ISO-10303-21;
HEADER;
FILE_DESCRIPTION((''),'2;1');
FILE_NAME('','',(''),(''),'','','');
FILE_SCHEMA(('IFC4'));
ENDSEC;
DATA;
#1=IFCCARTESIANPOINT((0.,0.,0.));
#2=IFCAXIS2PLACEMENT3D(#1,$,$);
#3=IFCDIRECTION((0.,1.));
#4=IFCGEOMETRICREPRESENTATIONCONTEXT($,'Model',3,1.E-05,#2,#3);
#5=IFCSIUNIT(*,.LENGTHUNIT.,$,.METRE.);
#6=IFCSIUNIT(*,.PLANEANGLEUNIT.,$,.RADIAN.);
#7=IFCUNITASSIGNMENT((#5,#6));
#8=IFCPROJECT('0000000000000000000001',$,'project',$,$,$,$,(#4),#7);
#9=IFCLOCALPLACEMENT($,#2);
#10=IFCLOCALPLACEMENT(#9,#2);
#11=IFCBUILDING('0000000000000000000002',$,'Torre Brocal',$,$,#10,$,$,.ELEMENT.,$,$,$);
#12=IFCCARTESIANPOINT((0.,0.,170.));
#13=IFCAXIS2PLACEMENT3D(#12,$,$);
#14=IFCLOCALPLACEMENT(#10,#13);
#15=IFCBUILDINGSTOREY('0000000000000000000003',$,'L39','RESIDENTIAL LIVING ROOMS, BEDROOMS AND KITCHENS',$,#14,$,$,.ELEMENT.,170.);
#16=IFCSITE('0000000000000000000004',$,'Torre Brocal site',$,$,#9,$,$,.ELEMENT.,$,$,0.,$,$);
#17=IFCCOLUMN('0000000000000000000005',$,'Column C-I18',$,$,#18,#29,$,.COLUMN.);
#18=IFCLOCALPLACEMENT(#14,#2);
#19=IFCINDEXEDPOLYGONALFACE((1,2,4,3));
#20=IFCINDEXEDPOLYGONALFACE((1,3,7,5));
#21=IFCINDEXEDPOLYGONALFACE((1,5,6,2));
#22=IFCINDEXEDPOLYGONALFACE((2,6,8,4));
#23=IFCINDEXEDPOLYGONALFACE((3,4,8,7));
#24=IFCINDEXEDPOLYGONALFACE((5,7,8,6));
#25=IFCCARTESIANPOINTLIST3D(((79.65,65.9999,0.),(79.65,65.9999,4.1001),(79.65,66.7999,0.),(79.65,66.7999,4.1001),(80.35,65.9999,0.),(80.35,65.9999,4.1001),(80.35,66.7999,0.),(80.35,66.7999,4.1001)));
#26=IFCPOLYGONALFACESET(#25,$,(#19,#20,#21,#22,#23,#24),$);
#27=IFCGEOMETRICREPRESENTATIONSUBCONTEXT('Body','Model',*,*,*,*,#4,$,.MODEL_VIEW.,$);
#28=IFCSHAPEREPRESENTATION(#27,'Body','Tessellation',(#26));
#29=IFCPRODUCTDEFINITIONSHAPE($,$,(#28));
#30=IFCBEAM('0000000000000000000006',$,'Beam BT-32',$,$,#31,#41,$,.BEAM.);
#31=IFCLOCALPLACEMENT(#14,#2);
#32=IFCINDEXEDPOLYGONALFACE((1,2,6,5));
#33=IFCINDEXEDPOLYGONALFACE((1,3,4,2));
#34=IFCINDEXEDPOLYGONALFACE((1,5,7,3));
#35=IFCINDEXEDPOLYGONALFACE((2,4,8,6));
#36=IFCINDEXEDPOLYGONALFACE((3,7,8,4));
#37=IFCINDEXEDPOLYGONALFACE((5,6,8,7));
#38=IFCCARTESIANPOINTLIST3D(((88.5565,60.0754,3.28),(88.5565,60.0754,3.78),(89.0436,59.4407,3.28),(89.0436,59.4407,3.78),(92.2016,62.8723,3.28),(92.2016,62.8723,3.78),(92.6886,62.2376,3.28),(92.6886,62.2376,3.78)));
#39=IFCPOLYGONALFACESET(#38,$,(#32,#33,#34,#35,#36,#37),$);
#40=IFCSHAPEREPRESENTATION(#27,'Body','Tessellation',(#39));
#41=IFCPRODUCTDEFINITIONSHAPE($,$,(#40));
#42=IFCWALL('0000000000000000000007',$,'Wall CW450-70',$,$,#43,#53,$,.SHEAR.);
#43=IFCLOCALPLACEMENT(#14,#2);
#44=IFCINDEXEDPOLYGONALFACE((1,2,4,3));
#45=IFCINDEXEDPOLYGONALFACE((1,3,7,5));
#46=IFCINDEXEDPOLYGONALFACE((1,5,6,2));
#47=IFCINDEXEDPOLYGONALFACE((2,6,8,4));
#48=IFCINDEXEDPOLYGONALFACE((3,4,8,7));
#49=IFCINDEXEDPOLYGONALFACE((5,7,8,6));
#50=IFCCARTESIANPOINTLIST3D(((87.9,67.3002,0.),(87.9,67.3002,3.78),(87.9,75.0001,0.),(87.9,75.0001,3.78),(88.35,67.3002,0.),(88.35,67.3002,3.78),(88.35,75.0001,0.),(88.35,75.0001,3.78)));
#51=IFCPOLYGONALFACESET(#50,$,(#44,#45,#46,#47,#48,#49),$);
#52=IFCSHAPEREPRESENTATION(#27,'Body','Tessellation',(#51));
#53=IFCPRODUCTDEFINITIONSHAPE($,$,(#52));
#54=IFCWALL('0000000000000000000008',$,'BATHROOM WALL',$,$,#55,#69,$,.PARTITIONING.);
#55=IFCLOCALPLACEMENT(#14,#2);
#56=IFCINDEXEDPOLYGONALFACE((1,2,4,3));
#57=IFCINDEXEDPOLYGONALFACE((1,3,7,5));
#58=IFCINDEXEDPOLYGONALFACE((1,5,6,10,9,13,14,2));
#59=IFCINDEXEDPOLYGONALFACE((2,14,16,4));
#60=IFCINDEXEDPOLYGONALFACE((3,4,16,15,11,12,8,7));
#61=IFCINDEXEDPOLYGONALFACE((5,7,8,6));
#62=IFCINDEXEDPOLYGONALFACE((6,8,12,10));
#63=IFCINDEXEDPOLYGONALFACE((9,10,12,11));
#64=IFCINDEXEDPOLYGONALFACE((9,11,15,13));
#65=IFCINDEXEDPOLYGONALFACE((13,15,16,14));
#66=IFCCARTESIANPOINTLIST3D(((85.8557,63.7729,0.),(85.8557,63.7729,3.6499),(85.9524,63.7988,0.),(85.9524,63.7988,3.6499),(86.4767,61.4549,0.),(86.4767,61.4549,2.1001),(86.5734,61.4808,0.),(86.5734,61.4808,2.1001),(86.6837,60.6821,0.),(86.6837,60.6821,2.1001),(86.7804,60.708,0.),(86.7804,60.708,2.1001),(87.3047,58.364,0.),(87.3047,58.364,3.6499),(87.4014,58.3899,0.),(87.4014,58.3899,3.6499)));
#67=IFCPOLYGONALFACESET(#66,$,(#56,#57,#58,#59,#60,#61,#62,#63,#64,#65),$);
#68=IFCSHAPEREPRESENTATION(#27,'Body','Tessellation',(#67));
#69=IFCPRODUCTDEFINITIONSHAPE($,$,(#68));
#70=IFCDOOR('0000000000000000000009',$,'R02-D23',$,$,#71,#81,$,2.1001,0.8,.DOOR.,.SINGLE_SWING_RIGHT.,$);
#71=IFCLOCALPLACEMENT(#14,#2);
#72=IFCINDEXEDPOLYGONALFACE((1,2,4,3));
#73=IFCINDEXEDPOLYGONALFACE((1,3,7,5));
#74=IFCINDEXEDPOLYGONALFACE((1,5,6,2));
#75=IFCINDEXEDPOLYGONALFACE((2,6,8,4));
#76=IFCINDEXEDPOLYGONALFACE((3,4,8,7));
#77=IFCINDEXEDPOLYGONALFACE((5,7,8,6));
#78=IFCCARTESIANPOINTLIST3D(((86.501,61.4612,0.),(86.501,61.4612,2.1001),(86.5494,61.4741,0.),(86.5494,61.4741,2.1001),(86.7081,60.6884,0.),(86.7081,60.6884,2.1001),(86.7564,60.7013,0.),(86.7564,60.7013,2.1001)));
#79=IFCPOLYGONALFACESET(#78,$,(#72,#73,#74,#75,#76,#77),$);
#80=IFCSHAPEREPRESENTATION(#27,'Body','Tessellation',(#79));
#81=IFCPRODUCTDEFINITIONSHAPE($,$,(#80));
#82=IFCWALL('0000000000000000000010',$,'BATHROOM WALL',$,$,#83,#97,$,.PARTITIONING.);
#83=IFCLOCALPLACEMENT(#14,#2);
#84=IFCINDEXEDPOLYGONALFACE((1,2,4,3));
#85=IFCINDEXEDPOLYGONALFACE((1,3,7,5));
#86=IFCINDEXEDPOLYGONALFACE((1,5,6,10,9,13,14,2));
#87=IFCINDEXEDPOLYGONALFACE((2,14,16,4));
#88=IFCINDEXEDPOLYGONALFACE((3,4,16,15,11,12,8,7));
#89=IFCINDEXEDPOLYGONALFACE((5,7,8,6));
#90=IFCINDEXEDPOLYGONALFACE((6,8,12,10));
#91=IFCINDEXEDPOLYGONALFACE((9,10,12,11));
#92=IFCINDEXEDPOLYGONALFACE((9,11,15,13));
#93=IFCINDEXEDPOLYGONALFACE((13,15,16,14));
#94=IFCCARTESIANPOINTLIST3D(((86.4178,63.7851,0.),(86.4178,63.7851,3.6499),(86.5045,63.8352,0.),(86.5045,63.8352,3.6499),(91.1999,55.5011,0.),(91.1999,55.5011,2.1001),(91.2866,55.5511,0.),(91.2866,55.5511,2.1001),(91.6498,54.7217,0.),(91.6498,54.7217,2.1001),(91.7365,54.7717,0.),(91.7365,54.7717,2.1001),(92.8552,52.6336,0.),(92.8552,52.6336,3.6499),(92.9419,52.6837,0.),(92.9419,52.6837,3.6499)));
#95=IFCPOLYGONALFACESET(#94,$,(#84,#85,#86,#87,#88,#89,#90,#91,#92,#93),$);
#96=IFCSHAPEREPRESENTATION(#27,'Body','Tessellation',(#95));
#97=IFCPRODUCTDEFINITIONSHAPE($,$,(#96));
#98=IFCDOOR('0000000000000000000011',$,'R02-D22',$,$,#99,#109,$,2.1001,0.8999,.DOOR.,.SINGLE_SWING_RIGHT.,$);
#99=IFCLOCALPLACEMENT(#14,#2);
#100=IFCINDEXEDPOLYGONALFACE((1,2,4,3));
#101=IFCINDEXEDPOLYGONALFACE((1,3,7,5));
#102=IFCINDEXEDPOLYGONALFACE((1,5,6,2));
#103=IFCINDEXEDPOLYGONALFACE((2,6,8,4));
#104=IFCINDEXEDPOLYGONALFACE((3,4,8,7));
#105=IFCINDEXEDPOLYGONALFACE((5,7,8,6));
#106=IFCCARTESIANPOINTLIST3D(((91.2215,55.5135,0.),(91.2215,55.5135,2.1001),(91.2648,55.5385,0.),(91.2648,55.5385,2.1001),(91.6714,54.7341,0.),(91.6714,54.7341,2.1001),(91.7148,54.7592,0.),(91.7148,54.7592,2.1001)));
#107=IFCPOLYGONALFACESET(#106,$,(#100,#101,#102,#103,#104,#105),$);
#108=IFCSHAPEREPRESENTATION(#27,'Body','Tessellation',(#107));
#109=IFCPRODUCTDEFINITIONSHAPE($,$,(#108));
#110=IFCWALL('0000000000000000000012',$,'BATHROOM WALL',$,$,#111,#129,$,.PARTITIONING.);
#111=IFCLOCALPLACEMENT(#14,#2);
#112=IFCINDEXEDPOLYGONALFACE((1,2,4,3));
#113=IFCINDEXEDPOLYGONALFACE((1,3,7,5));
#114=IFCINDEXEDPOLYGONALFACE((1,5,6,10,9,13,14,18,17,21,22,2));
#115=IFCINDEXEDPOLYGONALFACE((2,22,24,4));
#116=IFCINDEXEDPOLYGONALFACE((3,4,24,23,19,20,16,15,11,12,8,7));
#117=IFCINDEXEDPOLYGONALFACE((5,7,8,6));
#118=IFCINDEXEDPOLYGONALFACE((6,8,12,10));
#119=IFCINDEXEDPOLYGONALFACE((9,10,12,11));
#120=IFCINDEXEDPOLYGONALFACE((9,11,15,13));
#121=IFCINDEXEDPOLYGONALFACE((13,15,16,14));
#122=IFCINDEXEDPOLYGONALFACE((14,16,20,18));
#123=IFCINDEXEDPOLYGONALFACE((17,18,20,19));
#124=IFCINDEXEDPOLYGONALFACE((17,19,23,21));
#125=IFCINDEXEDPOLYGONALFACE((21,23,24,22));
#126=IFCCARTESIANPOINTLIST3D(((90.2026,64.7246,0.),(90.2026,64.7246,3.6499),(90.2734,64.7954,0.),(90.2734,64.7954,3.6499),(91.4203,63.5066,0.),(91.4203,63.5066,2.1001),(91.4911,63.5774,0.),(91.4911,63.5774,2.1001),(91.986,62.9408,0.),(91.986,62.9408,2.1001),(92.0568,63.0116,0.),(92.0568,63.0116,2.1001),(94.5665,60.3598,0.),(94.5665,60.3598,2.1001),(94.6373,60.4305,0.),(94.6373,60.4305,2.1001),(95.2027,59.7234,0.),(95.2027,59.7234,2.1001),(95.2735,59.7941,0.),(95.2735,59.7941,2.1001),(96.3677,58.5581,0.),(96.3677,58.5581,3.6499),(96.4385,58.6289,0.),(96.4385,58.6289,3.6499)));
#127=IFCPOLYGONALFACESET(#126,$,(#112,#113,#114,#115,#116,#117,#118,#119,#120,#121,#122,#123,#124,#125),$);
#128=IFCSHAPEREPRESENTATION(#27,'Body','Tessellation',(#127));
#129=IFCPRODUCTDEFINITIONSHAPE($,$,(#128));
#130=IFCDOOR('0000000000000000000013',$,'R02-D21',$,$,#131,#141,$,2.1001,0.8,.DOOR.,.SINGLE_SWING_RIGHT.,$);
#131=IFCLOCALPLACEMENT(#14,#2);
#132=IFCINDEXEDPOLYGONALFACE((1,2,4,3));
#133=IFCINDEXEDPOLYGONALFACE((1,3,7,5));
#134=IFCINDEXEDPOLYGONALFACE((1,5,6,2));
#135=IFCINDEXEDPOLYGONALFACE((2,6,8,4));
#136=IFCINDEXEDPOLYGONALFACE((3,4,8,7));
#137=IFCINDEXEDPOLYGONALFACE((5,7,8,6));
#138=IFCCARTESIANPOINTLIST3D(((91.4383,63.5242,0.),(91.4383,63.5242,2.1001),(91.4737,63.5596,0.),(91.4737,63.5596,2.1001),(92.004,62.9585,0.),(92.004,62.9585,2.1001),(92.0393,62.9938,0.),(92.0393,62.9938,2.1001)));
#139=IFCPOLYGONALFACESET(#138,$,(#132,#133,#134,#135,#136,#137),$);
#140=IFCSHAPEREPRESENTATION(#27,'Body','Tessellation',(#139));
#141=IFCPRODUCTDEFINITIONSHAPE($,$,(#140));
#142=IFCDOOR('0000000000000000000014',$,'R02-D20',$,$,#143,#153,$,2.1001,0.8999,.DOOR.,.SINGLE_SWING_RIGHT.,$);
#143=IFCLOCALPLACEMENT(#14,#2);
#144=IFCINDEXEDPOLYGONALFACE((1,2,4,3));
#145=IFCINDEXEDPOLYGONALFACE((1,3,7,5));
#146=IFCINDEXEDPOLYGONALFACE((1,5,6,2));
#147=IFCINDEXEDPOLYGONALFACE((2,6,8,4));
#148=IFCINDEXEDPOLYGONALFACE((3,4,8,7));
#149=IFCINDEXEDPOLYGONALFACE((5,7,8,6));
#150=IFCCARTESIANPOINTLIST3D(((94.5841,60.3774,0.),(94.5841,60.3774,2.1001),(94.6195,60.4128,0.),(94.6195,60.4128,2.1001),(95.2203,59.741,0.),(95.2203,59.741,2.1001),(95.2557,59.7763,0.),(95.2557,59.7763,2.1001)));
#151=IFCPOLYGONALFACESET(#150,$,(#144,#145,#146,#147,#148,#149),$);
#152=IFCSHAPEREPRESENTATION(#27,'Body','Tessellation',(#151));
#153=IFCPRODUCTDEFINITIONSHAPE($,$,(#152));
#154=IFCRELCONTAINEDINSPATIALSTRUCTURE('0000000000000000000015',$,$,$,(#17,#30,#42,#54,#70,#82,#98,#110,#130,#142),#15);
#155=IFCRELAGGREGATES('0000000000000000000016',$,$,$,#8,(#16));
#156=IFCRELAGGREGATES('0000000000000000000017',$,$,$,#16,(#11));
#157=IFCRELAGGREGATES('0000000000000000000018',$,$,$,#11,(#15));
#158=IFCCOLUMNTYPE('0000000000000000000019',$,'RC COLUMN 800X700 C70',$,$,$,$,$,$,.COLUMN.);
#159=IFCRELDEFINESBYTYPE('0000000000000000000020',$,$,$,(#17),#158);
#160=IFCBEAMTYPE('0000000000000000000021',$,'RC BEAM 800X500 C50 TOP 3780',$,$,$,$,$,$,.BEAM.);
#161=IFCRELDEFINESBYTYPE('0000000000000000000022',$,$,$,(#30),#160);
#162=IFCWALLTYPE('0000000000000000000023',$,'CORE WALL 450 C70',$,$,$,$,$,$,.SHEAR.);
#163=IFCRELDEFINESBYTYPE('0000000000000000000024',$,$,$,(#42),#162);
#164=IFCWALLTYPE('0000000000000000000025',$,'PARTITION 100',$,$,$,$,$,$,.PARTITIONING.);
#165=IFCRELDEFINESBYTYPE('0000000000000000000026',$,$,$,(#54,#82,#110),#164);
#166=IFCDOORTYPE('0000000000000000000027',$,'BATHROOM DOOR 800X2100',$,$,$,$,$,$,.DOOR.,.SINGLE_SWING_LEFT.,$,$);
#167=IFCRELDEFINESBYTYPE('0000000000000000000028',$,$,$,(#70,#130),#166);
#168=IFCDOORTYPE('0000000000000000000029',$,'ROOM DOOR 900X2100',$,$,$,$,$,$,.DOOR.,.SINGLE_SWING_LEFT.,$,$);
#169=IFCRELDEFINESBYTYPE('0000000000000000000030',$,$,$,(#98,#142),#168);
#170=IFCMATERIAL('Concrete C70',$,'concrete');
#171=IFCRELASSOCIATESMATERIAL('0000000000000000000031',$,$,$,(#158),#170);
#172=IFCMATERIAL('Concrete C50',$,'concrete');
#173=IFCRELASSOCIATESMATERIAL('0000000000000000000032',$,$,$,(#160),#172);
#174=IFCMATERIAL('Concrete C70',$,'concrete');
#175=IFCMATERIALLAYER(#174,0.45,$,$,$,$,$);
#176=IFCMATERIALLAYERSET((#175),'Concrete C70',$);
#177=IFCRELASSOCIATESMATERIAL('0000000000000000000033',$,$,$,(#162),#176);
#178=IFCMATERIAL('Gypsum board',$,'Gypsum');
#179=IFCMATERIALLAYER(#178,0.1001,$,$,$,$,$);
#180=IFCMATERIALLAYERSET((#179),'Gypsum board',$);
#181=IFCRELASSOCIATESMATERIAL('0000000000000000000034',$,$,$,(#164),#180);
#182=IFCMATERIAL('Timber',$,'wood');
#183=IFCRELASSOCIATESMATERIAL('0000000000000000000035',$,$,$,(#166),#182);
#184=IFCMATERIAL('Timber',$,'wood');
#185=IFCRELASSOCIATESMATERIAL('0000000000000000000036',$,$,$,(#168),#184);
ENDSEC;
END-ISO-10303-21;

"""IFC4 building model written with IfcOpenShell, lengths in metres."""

from ifc_helpers import new_model, si_unit, direction, frame, frame_2d, origin, origin_2d, place, context, subcontext, project, spatial, rectangle, extrude, material, layer, layer_set, material_profile, profile_set, type_object, element, fill, save


model = new_model("IFC4")

# Units and contexts
model_context = context("Model", 3, precision=1e-05, world=origin(), true_north=direction((0.0, 1.0)))
body_context = subcontext(model_context, "Body", "Model", "MODEL_VIEW")
ifc_project = project(units=[si_unit("LENGTHUNIT", "METRE"), si_unit("PLANEANGLEUNIT", "RADIAN")], contexts=[model_context])

# Site, building, storey
site_placement = place(None, origin())
site = spatial("IfcSite", under=ifc_project, at=site_placement, Name="Torre Brocal site", CompositionType="ELEMENT", RefElevation=0.0)
building_placement = place(site_placement, origin())
building = spatial("IfcBuilding", under=site, at=building_placement, Name="Torre Brocal", CompositionType="ELEMENT")
storey_placement = place(building_placement, frame((0.0, 0.0, 170.0)))
storey = spatial("IfcBuildingStorey", under=building, at=storey_placement, Name="L39", Description="RESIDENTIAL LIVING ROOMS, BEDROOMS AND KITCHENS", CompositionType="ELEMENT", Elevation=170.0)

# Column
ifc_material_1 = material(Name="Concrete C70", Category="concrete")
ifc_material_profile_1 = material_profile(ifc_material_1, rectangle(XDim=0.8, YDim=0.7, at=origin_2d()), Name="RC 800X700")
ifc_profile_set_1 = profile_set([ifc_material_profile_1], Name="Concrete C70")
column_type = type_object("IfcColumnType", Name="RC COLUMN 800X700 C70", PredefinedType="COLUMN", material=ifc_profile_set_1)
column_placement = place(storey_placement, frame((80.0, 66.3999, 0.0), z_axis=(0.0, 0.0, 1.0), x_axis=(0.0, -1.0, 0.0)))
element("IfcColumn", 1, at=column_placement, inside=storey, type_object=column_type, Name="Column C-I18", PredefinedType="COLUMN", context=body_context, shape_type="SweptSolid", body=[
    extrude(rectangle(XDim=0.8, YDim=0.7, at=origin_2d()), origin(), (0.0, 0.0, 1.0), 4.1001),
])

# Beam
ifc_material_2 = material(Name="Concrete C50", Category="concrete")
ifc_material_profile_2 = material_profile(ifc_material_2, rectangle(XDim=0.8, YDim=0.5, at=origin_2d()), Name="RC 800X500")
ifc_profile_set_2 = profile_set([ifc_material_profile_2], Name="Concrete C50")
beam_type = type_object("IfcBeamType", Name="RC BEAM 800X500 C50 TOP 3780", PredefinedType="BEAM", material=ifc_profile_set_2)
beam_placement = place(storey_placement, frame((88.8, 59.7581, 3.53), z_axis=(0.793358, 0.608755, 0.0), x_axis=(-0.608755, 0.793358, 0.0)))
element("IfcBeam", 2, at=beam_placement, inside=storey, type_object=beam_type, Name="Beam BT-32", PredefinedType="BEAM", context=body_context, shape_type="SweptSolid", body=[
    extrude(rectangle(XDim=0.8, YDim=0.5, at=origin_2d()), origin(), (0.0, 0.0, 1.0), 4.5945),
])

# Wall
ifc_material_3 = material(Name="Concrete C70", Category="concrete")
ifc_layer_1 = layer(ifc_material_3, 0.45)
ifc_layer_set_1 = layer_set([ifc_layer_1], Name="Concrete C70")
wall_type_1 = type_object("IfcWallType", Name="CORE WALL 450 C70", PredefinedType="SHEAR", material=ifc_layer_set_1)
wall_1_placement = place(storey_placement, frame((88.125, 67.3, 0.0), z_axis=(0.0, 0.0, 1.0), x_axis=(0.0, 1.0, 0.0)))
element("IfcWall", 3, at=wall_1_placement, inside=storey, type_object=wall_type_1, Name="Wall CW450-70", PredefinedType="SHEAR", context=body_context, shape_type="SweptSolid", body=[
    extrude(rectangle(XDim=7.7, YDim=0.45, at=frame_2d((3.8501, 0.0))), origin(), (0.0, 0.0, 1.0), 3.78),
])

# Walls, openings, doors
ifc_material_4 = material(Name="Gypsum board", Category="Gypsum")
ifc_layer_2 = layer(ifc_material_4, 0.1001)
ifc_layer_set_2 = layer_set([ifc_layer_2], Name="Gypsum board")
wall_type_2 = type_object("IfcWallType", Name="PARTITION 100", PredefinedType="PARTITIONING", material=ifc_layer_set_2)
wall_2_placement = place(storey_placement, frame((85.9041, 63.7859, 0.0), z_axis=(0.0, 0.0, 1.0), x_axis=(0.258762, -0.965941, 0.0)))
wall_2 = element("IfcWall", 4, at=wall_2_placement, inside=storey, type_object=wall_type_2, Name="BATHROOM WALL", PredefinedType="PARTITIONING", context=body_context, shape_type="SweptSolid", body=[
    extrude(rectangle(XDim=5.5996, YDim=0.1001, at=frame_2d((2.7998, 0.0))), origin(), (0.0, 0.0, 1.0), 3.6499),
])
opening_1_placement = place(wall_2_placement, frame((2.3999, 0.0, 0.0)))
opening_1 = element("IfcOpeningElement", 5, at=opening_1_placement, cuts=wall_2, PredefinedType="OPENING", context=body_context, shape_type="SweptSolid", body=[
    extrude(rectangle(XDim=0.8, YDim=2.1001, at=frame_2d((0.3999, 1.05))), frame((0.0, 0.0601, 0.0), z_axis=(0.0, -1.0, 0.0), x_axis=(1.0, 0.0, 0.0)), (0.0, 0.0, 1.0), 0.1201),
])
ifc_material_5 = material(Name="Timber", Category="wood")
door_type_1 = type_object("IfcDoorType", Name="BATHROOM DOOR 800X2100", OperationType="SINGLE_SWING_LEFT", PredefinedType="DOOR", material=ifc_material_5)
door_1_placement = place(opening_1_placement, frame((0.8, 0.0, 0.0), z_axis=(0.0, 0.0, 1.0), x_axis=(-1.0, 0.0, 0.0)))
door_1 = element("IfcDoor", 6, at=door_1_placement, inside=storey, type_object=door_type_1, Name="R02-D23", OperationType="SINGLE_SWING_RIGHT", OverallHeight=2.1001, OverallWidth=0.8, PredefinedType="DOOR", context=body_context, shape_type="SweptSolid", body=[
    extrude(rectangle(XDim=0.8, YDim=2.1001, at=frame_2d((0.3999, 1.05))), frame((0.0, 0.0249, 0.0), z_axis=(0.0, -1.0, 0.0), x_axis=(1.0, 0.0, 0.0)), (0.0, 0.0, 1.0), 0.05),
])
fill(opening_1, door_1)
wall_3_placement = place(storey_placement, frame((86.4612, 63.8101, 0.0), z_axis=(0.0, 0.0, 1.0), x_axis=(0.499948, -0.866055, 0.0)))
wall_3 = element("IfcWall", 7, at=wall_3_placement, inside=storey, type_object=wall_type_2, Name="BATHROOM WALL", PredefinedType="PARTITIONING", context=body_context, shape_type="SweptSolid", body=[
    extrude(rectangle(XDim=12.8762, YDim=0.1001, at=frame_2d((6.438, 0.0))), origin(), (0.0, 0.0, 1.0), 3.6499),
])
opening_2_placement = place(wall_3_placement, frame((9.5652, 0.0, 0.0)))
opening_2 = element("IfcOpeningElement", 8, at=opening_2_placement, cuts=wall_3, PredefinedType="OPENING", context=body_context, shape_type="SweptSolid", body=[
    extrude(rectangle(XDim=0.8999, YDim=2.1001, at=frame_2d((0.45, 1.05))), frame((0.0, 0.0601, 0.0), z_axis=(0.0, -1.0, 0.0), x_axis=(1.0, 0.0, 0.0)), (0.0, 0.0, 1.0), 0.1201),
])
ifc_material_6 = material(Name="Timber", Category="wood")
door_type_2 = type_object("IfcDoorType", Name="ROOM DOOR 900X2100", OperationType="SINGLE_SWING_LEFT", PredefinedType="DOOR", material=ifc_material_6)
door_2_placement = place(opening_2_placement, origin())
door_2 = element("IfcDoor", 9, at=door_2_placement, inside=storey, type_object=door_type_2, Name="R02-D22", OperationType="SINGLE_SWING_RIGHT", OverallHeight=2.1001, OverallWidth=0.8999, PredefinedType="DOOR", context=body_context, shape_type="SweptSolid", body=[
    extrude(rectangle(XDim=0.8999, YDim=2.1001, at=frame_2d((0.45, 1.05))), frame((0.0, 0.0249, 0.0), z_axis=(0.0, -1.0, 0.0), x_axis=(1.0, 0.0, 0.0)), (0.0, 0.0, 1.0), 0.05),
])
fill(opening_2, door_2)

# Wall, openings, doors
wall_4_placement = place(storey_placement, frame((90.238, 64.76, 0.0), z_axis=(0.0, 0.0, 1.0), x_axis=(0.707023, -0.707191, 0.0)))
wall_4 = element("IfcWall", 10, at=wall_4_placement, inside=storey, type_object=wall_type_2, Name="BATHROOM WALL", PredefinedType="PARTITIONING", context=body_context, shape_type="SweptSolid", body=[
    extrude(rectangle(XDim=8.7197, YDim=0.1001, at=frame_2d((4.3599, 0.0))), origin(), (0.0, 0.0, 1.0), 3.6499),
])
opening_3_placement = place(wall_4_placement, frame((6.1721, 0.0, 0.0)))
opening_3 = element("IfcOpeningElement", 11, at=opening_3_placement, cuts=wall_4, PredefinedType="OPENING", context=body_context, shape_type="SweptSolid", body=[
    extrude(rectangle(XDim=0.8999, YDim=2.1001, at=frame_2d((0.45, 1.05))), frame((0.0, 0.0601, 0.0), z_axis=(0.0, -1.0, 0.0), x_axis=(1.0, 0.0, 0.0)), (0.0, 0.0, 1.0), 0.1201),
])
opening_4_placement = place(wall_4_placement, frame((1.7224, 0.0, 0.0)))
opening_4 = element("IfcOpeningElement", 12, at=opening_4_placement, cuts=wall_4, PredefinedType="OPENING", context=body_context, shape_type="SweptSolid", body=[
    extrude(rectangle(XDim=0.8, YDim=2.1001, at=frame_2d((0.3999, 1.05))), frame((0.0, 0.0601, 0.0), z_axis=(0.0, -1.0, 0.0), x_axis=(1.0, 0.0, 0.0)), (0.0, 0.0, 1.0), 0.1201),
])
door_3_placement = place(opening_4_placement, frame((0.8, 0.0, 0.0), z_axis=(0.0, 0.0, 1.0), x_axis=(-1.0, 0.0, 0.0)))
door_3 = element("IfcDoor", 13, at=door_3_placement, inside=storey, type_object=door_type_1, Name="R02-D21", OperationType="SINGLE_SWING_RIGHT", OverallHeight=2.1001, OverallWidth=0.8, PredefinedType="DOOR", context=body_context, shape_type="SweptSolid", body=[
    extrude(rectangle(XDim=0.8, YDim=2.1001, at=frame_2d((0.3999, 1.05))), frame((0.0, 0.0249, 0.0), z_axis=(0.0, -1.0, 0.0), x_axis=(1.0, 0.0, 0.0)), (0.0, 0.0, 1.0), 0.05),
])
fill(opening_4, door_3)
door_4_placement = place(opening_3_placement, origin())
door_4 = element("IfcDoor", 14, at=door_4_placement, inside=storey, type_object=door_type_2, Name="R02-D20", OperationType="SINGLE_SWING_RIGHT", OverallHeight=2.1001, OverallWidth=0.8999, PredefinedType="DOOR", context=body_context, shape_type="SweptSolid", body=[
    extrude(rectangle(XDim=0.8999, YDim=2.1001, at=frame_2d((0.45, 1.05))), frame((0.0, 0.0249, 0.0), z_axis=(0.0, -1.0, 0.0), x_axis=(1.0, 0.0, 0.0)), (0.0, 0.0, 1.0), 0.05),
])
fill(opening_3, door_4)

save(model, "model.ifc")
